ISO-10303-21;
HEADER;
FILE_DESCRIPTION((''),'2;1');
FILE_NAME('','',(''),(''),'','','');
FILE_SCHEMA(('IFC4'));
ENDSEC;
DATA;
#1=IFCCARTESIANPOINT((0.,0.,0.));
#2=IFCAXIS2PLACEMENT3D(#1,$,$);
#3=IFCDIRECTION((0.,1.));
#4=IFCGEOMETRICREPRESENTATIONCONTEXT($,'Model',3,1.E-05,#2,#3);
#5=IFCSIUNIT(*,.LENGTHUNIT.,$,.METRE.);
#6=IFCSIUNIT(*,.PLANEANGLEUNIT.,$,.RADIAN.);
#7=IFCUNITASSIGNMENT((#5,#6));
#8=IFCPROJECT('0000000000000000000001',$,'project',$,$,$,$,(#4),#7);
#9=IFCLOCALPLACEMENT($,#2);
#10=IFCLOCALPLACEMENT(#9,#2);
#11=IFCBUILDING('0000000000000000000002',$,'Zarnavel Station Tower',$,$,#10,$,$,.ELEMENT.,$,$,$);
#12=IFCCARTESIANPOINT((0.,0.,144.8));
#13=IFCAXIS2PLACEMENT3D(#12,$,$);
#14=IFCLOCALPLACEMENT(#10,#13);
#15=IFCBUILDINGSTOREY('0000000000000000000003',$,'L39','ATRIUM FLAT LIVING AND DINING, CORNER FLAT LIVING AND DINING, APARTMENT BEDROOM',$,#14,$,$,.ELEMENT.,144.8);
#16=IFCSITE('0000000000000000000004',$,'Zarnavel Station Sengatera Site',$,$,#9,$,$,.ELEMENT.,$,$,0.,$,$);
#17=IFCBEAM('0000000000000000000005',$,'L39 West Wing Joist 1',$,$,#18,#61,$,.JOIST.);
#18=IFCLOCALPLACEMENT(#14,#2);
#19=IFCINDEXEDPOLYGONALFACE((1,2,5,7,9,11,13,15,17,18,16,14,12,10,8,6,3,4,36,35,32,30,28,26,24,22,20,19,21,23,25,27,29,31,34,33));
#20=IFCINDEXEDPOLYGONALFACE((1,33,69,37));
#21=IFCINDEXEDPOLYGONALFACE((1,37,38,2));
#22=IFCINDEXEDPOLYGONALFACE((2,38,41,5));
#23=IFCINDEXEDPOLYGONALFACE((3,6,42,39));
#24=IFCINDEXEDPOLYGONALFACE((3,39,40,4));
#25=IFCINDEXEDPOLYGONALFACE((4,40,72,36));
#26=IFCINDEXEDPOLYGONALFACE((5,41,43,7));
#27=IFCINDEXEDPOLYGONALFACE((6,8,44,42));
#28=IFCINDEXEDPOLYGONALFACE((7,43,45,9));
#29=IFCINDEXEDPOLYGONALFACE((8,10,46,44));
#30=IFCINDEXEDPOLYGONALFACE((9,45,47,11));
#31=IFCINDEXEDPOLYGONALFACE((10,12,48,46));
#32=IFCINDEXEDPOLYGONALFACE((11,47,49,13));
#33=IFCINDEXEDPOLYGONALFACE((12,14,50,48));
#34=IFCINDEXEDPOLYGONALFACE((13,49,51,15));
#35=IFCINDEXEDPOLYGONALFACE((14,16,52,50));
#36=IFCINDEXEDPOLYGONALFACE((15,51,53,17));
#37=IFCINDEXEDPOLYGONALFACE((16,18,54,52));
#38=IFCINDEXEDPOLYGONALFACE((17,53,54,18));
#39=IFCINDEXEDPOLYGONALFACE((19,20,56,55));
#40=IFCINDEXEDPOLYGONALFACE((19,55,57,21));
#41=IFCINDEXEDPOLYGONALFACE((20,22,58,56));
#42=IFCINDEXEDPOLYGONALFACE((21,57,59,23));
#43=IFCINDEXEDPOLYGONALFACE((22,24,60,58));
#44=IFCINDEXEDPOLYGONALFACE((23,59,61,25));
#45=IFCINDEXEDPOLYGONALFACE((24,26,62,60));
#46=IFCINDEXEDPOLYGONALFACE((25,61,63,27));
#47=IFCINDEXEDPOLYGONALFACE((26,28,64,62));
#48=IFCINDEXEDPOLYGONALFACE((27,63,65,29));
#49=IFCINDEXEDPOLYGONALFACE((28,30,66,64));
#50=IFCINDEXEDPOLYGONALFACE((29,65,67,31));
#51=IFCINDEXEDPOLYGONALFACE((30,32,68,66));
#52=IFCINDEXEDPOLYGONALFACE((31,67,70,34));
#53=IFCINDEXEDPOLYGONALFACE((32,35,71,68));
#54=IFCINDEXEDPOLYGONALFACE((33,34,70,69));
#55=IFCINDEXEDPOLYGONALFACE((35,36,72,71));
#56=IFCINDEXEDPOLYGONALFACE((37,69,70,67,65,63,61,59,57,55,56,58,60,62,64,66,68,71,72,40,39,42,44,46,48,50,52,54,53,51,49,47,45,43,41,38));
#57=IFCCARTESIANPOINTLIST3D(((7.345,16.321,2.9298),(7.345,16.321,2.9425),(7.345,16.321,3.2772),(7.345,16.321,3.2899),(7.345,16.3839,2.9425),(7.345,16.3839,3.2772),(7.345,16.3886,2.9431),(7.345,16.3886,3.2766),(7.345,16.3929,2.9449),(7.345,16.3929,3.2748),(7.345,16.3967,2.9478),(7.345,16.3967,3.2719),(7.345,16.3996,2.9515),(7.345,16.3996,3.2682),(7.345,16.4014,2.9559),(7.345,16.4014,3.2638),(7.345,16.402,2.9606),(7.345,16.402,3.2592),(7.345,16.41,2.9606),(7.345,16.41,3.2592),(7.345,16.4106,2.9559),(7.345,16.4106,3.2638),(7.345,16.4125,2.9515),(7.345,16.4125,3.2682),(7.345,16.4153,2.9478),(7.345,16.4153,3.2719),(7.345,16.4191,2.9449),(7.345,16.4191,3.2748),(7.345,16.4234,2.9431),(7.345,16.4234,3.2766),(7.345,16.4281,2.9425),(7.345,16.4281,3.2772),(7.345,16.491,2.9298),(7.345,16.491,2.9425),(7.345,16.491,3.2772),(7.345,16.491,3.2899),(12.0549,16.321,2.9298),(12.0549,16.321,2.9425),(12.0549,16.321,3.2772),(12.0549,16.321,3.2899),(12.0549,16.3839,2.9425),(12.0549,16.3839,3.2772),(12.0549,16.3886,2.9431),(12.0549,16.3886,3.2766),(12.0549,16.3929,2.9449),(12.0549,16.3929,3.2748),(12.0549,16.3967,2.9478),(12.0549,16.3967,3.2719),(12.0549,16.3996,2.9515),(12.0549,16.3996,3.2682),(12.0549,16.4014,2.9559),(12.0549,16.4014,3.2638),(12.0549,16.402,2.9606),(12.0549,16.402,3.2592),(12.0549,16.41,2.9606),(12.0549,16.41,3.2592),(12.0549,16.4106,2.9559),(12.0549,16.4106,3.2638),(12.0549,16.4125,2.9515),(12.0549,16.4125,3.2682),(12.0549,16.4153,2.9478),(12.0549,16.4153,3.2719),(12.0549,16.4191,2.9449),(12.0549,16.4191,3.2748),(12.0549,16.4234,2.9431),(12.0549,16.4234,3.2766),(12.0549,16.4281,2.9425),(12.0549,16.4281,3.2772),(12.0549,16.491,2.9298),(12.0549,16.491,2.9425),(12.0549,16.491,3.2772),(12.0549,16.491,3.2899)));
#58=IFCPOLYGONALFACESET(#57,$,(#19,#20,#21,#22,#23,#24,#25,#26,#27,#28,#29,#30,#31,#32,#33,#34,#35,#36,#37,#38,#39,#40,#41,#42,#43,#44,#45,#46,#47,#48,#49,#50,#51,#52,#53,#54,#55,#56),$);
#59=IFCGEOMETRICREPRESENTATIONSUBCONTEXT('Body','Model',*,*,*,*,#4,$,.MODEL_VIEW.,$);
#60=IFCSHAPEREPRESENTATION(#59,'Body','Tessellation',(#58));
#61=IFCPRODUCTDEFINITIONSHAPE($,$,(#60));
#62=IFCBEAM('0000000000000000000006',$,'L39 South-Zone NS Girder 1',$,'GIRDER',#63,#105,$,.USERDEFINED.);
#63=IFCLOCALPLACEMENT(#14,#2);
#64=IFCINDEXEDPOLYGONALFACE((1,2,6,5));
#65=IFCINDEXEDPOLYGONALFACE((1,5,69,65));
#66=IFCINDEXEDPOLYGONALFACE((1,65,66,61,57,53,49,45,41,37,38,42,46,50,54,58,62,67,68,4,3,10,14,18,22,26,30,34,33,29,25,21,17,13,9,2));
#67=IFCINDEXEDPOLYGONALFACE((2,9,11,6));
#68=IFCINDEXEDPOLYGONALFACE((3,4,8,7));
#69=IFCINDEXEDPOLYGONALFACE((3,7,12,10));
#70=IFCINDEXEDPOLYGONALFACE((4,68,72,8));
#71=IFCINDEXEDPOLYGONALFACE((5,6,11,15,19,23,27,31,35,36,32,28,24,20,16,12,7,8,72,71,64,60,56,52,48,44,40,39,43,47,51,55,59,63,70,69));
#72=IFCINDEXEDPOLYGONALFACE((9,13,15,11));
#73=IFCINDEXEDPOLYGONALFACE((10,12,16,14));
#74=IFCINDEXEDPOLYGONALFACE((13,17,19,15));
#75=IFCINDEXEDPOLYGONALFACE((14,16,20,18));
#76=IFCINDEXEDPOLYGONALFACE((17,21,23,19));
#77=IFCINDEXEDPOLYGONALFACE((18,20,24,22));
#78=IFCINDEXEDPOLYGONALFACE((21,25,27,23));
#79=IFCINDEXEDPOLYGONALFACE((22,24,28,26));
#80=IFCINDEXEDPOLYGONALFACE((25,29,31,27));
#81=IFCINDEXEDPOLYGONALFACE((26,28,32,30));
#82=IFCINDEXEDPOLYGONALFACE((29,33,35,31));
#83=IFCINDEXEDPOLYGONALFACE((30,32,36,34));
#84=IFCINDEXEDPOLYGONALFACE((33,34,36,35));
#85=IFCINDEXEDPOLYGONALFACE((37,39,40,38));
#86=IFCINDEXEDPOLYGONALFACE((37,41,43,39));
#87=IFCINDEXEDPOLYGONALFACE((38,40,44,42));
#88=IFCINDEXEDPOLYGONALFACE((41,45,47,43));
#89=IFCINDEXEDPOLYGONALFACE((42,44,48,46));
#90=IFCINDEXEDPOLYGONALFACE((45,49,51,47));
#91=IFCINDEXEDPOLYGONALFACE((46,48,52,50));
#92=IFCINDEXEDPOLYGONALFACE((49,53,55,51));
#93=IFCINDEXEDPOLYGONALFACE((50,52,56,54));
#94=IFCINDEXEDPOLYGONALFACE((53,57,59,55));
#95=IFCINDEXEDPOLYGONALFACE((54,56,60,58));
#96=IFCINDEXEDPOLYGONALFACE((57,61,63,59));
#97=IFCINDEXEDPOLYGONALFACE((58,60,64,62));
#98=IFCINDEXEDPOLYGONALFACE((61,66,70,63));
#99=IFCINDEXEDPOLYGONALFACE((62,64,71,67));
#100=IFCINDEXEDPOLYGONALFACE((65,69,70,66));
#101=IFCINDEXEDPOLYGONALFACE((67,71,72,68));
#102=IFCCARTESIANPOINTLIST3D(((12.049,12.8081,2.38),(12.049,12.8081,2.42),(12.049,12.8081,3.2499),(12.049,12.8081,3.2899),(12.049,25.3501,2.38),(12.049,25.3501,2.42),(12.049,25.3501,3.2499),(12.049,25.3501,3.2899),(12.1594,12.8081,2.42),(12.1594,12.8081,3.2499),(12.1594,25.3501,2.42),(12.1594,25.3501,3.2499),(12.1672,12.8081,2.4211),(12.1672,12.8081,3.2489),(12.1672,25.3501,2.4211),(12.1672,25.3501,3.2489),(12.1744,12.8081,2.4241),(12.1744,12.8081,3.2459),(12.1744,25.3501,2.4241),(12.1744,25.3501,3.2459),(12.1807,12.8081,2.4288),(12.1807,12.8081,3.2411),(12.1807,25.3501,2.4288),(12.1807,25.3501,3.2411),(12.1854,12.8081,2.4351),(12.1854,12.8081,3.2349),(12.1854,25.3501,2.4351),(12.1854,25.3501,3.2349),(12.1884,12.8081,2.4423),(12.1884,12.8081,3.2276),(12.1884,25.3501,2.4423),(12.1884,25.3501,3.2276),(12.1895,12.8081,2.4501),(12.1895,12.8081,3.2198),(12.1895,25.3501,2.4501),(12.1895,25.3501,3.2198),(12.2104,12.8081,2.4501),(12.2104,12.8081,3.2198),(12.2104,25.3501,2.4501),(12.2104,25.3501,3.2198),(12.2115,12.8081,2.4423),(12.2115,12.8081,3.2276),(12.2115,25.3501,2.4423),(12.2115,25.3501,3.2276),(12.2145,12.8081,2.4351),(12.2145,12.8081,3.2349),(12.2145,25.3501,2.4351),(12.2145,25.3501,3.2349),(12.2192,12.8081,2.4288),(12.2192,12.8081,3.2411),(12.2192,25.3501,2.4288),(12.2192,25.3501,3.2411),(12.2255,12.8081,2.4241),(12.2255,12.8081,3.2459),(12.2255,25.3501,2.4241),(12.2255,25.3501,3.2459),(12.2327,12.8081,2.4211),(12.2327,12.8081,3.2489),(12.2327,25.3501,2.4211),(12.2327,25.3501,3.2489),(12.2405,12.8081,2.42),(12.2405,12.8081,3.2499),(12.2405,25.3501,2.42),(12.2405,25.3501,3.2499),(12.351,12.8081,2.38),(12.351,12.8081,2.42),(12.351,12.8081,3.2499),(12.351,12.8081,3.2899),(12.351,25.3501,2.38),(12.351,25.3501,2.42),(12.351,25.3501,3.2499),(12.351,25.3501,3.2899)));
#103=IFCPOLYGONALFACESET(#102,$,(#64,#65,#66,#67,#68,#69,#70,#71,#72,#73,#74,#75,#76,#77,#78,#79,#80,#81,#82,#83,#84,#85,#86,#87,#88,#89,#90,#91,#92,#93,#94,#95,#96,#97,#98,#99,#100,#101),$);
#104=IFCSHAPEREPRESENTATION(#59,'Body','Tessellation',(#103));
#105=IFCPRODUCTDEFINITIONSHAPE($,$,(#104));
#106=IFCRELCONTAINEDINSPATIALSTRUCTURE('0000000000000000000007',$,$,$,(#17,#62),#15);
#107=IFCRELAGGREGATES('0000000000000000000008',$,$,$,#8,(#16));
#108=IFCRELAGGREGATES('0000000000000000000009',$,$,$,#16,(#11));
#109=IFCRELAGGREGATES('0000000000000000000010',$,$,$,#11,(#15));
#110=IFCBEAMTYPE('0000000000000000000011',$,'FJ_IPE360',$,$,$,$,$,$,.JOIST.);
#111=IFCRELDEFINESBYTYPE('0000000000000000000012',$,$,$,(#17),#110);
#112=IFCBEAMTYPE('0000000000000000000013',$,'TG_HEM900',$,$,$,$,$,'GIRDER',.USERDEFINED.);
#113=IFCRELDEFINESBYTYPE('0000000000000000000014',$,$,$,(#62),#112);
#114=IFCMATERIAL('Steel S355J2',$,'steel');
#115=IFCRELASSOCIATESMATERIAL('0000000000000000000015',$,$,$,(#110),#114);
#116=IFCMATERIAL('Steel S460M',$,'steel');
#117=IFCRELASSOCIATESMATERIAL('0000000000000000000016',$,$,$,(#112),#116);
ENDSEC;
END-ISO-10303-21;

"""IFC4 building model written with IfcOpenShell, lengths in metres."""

from ifc_helpers import new_model, si_unit, direction, frame, origin, origin_2d, place, context, subcontext, project, spatial, i_section, extrude, material, material_profile, profile_set, type_object, element, save


model = new_model("IFC4")

# Units and contexts
model_context = context("Model", 3, precision=1e-05, world=origin(), true_north=direction((0.0, 1.0)))
body_context = subcontext(model_context, "Body", "Model", "MODEL_VIEW")
ifc_project = project(units=[si_unit("LENGTHUNIT", "METRE"), si_unit("PLANEANGLEUNIT", "RADIAN")], contexts=[model_context])

# Site, building, storey
site_placement = place(None, origin())
site = spatial("IfcSite", under=ifc_project, at=site_placement, Name="Zarnavel Station Sengatera Site", CompositionType="ELEMENT", RefElevation=0.0)
building_placement = place(site_placement, origin())
building = spatial("IfcBuilding", under=site, at=building_placement, Name="Zarnavel Station Tower", CompositionType="ELEMENT")
storey_placement = place(building_placement, frame((0.0, 0.0, 144.8)))
storey = spatial("IfcBuildingStorey", under=building, at=storey_placement, Name="L39", Description="ATRIUM FLAT LIVING AND DINING, CORNER FLAT LIVING AND DINING, APARTMENT BEDROOM", CompositionType="ELEMENT", Elevation=144.8)

# Beams
ifc_material_1 = material(Name="Steel S355J2", Category="steel")
ifc_material_profile_1 = material_profile(ifc_material_1, i_section(OverallWidth=0.1699, OverallDepth=0.3601, WebThickness=0.0081, FlangeThickness=0.0127, FilletRadius=0.0181, at=origin_2d()), Name="IPE360")
ifc_profile_set_1 = profile_set([ifc_material_profile_1], Name="Steel S355J2")
beam_type_1 = type_object("IfcBeamType", Name="FJ_IPE360", PredefinedType="JOIST", material=ifc_profile_set_1)
beam_1_placement = place(storey_placement, frame((7.345, 16.406, 3.1099), z_axis=(1.0, 0.0, 0.0), x_axis=(0.0, 1.0, 0.0)))
element("IfcBeam", 1, at=beam_1_placement, inside=storey, type_object=beam_type_1, Name="L39 West Wing Joist 1", PredefinedType="JOIST", context=body_context, shape_type="SweptSolid", body=[
    extrude(i_section(OverallWidth=0.1699, OverallDepth=0.3601, WebThickness=0.0081, FlangeThickness=0.0127, FilletRadius=0.0181, at=origin_2d()), origin(), (0.0, 0.0, 1.0), 4.71),
])
ifc_material_2 = material(Name="Steel S460M", Category="steel")
ifc_material_profile_2 = material_profile(ifc_material_2, i_section(OverallWidth=0.302, OverallDepth=0.9099, WebThickness=0.021, FlangeThickness=0.04, FilletRadius=0.03, at=origin_2d()), Name="HEM900")
ifc_profile_set_2 = profile_set([ifc_material_profile_2], Name="Steel S460M")
beam_type_2 = type_object("IfcBeamType", Name="TG_HEM900", ElementType="GIRDER", PredefinedType="USERDEFINED", material=ifc_profile_set_2)
beam_2_placement = place(storey_placement, frame((12.2, 12.8081, 2.835), z_axis=(0.0, 1.0, 0.0), x_axis=(-1.0, 0.0, 0.0)))
element("IfcBeam", 2, at=beam_2_placement, inside=storey, type_object=beam_type_2, Name="L39 South-Zone NS Girder 1", ObjectType="GIRDER", PredefinedType="USERDEFINED", context=body_context, shape_type="SweptSolid", body=[
    extrude(i_section(OverallWidth=0.302, OverallDepth=0.9099, WebThickness=0.021, FlangeThickness=0.04, FilletRadius=0.03, at=origin_2d()), origin(), (0.0, 0.0, 1.0), 12.542),
])

save(model, "model.ifc")
